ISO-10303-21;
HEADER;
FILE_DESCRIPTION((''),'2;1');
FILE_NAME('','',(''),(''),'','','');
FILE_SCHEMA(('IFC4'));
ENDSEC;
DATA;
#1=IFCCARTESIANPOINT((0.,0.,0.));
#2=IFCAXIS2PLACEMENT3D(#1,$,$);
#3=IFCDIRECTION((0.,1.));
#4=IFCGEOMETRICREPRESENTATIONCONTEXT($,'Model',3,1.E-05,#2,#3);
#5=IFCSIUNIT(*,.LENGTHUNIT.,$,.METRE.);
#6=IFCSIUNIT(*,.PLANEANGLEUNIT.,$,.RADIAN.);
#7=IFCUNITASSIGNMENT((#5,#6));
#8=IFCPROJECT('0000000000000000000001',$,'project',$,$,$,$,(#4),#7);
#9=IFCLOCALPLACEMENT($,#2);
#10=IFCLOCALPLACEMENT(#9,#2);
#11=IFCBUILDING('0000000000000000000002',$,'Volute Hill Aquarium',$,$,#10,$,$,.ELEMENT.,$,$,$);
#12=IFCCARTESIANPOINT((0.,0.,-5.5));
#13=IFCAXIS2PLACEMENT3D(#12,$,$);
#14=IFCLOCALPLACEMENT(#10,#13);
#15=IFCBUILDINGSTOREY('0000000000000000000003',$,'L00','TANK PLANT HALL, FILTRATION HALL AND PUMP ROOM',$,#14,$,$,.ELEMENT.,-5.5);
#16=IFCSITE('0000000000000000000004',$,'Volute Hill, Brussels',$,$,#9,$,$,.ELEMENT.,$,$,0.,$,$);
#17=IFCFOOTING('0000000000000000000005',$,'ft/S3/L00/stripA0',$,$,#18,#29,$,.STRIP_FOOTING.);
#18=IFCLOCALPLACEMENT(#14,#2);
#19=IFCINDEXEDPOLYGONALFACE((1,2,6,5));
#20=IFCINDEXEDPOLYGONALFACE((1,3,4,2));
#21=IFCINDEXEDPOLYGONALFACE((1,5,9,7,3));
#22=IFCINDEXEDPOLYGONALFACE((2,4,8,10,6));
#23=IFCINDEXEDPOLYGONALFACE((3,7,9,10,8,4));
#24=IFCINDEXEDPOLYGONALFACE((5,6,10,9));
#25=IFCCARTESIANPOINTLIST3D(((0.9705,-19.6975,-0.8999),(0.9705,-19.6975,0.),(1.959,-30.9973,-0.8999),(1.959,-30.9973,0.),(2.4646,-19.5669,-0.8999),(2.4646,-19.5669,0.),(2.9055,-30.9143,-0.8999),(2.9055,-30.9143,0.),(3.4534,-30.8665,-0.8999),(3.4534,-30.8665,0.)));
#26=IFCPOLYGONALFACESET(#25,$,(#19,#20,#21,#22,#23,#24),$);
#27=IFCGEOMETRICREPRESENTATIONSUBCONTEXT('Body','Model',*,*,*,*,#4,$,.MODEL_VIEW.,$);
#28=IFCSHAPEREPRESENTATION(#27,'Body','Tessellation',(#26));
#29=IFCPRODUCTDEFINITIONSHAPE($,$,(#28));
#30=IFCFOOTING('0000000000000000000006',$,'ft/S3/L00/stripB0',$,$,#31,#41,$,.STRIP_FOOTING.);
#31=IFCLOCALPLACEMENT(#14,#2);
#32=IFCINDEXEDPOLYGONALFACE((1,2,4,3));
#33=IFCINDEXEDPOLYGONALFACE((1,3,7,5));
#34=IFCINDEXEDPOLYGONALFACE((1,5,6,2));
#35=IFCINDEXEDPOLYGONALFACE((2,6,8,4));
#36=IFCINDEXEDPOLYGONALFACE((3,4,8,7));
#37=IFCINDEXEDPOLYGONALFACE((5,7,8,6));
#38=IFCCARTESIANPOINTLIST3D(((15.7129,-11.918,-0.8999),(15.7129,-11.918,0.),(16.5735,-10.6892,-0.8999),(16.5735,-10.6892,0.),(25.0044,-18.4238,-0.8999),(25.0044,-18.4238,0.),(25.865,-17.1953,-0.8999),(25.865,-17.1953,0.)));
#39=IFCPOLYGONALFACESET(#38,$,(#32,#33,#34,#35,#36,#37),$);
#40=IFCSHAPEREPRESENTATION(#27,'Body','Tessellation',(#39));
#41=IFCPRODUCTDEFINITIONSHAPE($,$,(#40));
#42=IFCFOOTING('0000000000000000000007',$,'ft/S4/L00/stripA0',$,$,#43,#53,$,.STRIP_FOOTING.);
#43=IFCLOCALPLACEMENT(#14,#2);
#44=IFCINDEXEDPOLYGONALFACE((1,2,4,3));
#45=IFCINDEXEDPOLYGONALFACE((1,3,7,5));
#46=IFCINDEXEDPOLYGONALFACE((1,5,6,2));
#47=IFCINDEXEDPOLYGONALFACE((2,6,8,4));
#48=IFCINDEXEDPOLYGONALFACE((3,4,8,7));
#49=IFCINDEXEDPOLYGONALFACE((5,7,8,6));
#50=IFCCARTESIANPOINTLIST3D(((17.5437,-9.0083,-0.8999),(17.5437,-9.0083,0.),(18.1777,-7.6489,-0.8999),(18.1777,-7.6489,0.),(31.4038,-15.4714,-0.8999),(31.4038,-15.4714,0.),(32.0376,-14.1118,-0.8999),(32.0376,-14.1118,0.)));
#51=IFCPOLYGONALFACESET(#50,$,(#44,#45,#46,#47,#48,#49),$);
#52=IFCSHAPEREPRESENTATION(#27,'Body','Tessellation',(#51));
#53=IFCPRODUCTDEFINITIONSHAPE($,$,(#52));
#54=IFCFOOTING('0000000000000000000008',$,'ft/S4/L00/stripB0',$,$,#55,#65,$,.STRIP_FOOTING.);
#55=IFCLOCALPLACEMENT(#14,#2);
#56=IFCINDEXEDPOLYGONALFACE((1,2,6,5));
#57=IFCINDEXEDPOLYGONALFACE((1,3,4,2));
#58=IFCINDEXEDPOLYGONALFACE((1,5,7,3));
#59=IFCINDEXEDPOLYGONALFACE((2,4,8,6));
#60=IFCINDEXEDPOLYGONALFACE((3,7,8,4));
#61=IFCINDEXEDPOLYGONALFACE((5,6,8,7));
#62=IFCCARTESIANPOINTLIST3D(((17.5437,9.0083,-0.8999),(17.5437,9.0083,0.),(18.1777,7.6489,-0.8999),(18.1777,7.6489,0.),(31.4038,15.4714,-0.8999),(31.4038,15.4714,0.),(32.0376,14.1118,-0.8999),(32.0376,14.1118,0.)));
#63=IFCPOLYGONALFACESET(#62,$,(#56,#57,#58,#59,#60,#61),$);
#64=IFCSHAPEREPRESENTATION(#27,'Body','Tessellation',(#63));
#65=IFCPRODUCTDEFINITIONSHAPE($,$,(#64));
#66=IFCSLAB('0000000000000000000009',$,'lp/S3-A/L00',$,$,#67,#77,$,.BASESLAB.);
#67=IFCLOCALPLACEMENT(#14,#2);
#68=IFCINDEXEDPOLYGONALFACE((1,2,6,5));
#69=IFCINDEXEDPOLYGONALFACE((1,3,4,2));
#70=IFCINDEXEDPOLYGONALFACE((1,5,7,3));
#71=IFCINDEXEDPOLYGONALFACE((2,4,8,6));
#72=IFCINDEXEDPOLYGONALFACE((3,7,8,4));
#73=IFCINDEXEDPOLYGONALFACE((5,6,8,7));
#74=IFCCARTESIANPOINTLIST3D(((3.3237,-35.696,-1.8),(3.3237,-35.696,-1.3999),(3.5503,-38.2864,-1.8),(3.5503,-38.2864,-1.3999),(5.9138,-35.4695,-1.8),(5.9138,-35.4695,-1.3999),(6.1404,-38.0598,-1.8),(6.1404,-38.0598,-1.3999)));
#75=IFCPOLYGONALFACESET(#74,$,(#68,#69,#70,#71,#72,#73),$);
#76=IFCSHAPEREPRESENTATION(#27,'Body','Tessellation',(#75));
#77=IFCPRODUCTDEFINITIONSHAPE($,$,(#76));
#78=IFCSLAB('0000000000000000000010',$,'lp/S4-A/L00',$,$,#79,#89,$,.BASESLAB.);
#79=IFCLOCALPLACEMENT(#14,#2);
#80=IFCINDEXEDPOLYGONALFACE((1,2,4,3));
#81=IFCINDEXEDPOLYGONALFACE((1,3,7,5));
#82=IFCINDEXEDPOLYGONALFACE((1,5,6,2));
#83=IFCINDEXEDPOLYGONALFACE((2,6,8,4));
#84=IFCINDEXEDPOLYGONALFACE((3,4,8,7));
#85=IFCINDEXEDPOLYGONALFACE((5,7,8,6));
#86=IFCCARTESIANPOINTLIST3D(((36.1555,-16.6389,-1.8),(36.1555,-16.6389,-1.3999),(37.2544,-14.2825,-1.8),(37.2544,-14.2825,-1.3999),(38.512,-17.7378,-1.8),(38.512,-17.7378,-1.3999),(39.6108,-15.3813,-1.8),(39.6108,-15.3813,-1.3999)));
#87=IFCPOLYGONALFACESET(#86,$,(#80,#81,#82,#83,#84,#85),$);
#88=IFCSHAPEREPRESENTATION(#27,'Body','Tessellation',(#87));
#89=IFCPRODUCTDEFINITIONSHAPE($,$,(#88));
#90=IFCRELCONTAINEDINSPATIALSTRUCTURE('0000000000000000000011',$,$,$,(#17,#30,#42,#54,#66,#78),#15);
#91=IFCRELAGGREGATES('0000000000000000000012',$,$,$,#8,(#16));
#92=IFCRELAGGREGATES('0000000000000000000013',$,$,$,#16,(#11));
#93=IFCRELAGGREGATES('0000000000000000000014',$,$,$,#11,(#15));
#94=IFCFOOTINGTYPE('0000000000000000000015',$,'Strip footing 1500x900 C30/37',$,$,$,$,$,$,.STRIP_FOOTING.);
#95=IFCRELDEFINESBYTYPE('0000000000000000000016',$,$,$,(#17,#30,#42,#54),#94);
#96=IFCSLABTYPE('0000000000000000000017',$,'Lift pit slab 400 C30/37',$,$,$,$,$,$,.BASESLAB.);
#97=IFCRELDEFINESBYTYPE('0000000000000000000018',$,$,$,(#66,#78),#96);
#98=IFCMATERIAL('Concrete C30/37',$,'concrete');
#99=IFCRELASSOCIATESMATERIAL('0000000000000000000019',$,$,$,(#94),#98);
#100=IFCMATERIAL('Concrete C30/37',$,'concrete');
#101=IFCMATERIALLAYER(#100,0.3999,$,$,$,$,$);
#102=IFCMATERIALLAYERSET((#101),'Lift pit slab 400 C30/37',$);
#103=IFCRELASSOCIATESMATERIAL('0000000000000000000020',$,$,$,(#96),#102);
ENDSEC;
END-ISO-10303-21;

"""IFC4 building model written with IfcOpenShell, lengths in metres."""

from ifc_helpers import new_model, si_unit, direction, frame, origin, place, context, subcontext, project, spatial, polyline, outline, extrude, material, layer, layer_set, type_object, element, save


model = new_model("IFC4")

# Units and contexts
model_context = context("Model", 3, precision=1e-05, world=origin(), true_north=direction((0.0, 1.0)))
body_context = subcontext(model_context, "Body", "Model", "MODEL_VIEW")
ifc_project = project(units=[si_unit("LENGTHUNIT", "METRE"), si_unit("PLANEANGLEUNIT", "RADIAN")], contexts=[model_context])

# Site, building, storey
site_placement = place(None, origin())
site = spatial("IfcSite", under=ifc_project, at=site_placement, Name="Volute Hill, Brussels", CompositionType="ELEMENT", RefElevation=0.0)
building_placement = place(site_placement, origin())
building = spatial("IfcBuilding", under=site, at=building_placement, Name="Volute Hill Aquarium", CompositionType="ELEMENT")
storey_placement = place(building_placement, frame((0.0, 0.0, -5.5)))
storey = spatial("IfcBuildingStorey", under=building, at=storey_placement, Name="L00", Description="TANK PLANT HALL, FILTRATION HALL AND PUMP ROOM", CompositionType="ELEMENT", Elevation=-5.5)

# Footings
ifc_material_1 = material(Name="Concrete C30/37", Category="concrete")
footing_type_1 = type_object("IfcFootingType", Name="Strip footing 1500x900 C30/37", PredefinedType="STRIP_FOOTING", material=ifc_material_1)
footing_1_placement = place(storey_placement, frame((0.0, 0.0, -0.8999)))
element("IfcFooting", 1, at=footing_1_placement, inside=storey, type_object=footing_type_1, Name="ft/S3/L00/stripA0", PredefinedType="STRIP_FOOTING", context=body_context, shape_type="SweptSolid", body=[
    extrude(outline(polyline([(3.4534, -30.8665), (2.9055, -30.9143), (2.9055, -30.9143), (1.959, -30.9973), (0.9705, -19.6975), (2.4646, -19.5669), (3.4534, -30.8665)])), origin(), (0.0, 0.0, 1.0), 0.8999),
])
footing_2_placement = place(storey_placement, frame((0.0, 0.0, -0.8999)))
element("IfcFooting", 2, at=footing_2_placement, inside=storey, type_object=footing_type_1, Name="ft/S3/L00/stripB0", PredefinedType="STRIP_FOOTING", context=body_context, shape_type="SweptSolid", body=[
    extrude(outline(polyline([(25.865, -17.1953), (25.0044, -18.4238), (15.7129, -11.918), (16.5735, -10.6892), (25.865, -17.1953)])), origin(), (0.0, 0.0, 1.0), 0.8999),
])
footing_3_placement = place(storey_placement, frame((0.0, 0.0, -0.8999)))
element("IfcFooting", 3, at=footing_3_placement, inside=storey, type_object=footing_type_1, Name="ft/S4/L00/stripA0", PredefinedType="STRIP_FOOTING", context=body_context, shape_type="SweptSolid", body=[
    extrude(outline(polyline([(32.0376, -14.1118), (31.4038, -15.4714), (17.5437, -9.0083), (18.1777, -7.6489), (32.0376, -14.1118)])), origin(), (0.0, 0.0, 1.0), 0.8999),
])
footing_4_placement = place(storey_placement, frame((0.0, 0.0, -0.8999)))
element("IfcFooting", 4, at=footing_4_placement, inside=storey, type_object=footing_type_1, Name="ft/S4/L00/stripB0", PredefinedType="STRIP_FOOTING", context=body_context, shape_type="SweptSolid", body=[
    extrude(outline(polyline([(31.4038, 15.4714), (32.0376, 14.1118), (18.1777, 7.6489), (17.5437, 9.0083), (31.4038, 15.4714)])), origin(), (0.0, 0.0, 1.0), 0.8999),
])

# Slabs
ifc_material_2 = material(Name="Concrete C30/37", Category="concrete")
ifc_layer = layer(ifc_material_2, 0.3999)
ifc_layer_set = layer_set([ifc_layer], Name="Lift pit slab 400 C30/37")
slab_type = type_object("IfcSlabType", Name="Lift pit slab 400 C30/37", PredefinedType="BASESLAB", material=ifc_layer_set)
slab_1_placement = place(storey_placement, frame((0.0, 0.0, -1.8)))
element("IfcSlab", 5, at=slab_1_placement, inside=storey, type_object=slab_type, Name="lp/S3-A/L00", PredefinedType="BASESLAB", context=body_context, shape_type="SweptSolid", body=[
    extrude(outline(polyline([(3.3237, -35.696), (3.5503, -38.2864), (6.1404, -38.0598), (5.9138, -35.4695), (3.3237, -35.696)])), origin(), (0.0, 0.0, 1.0), 0.4001),
])
slab_2_placement = place(storey_placement, frame((0.0, 0.0, -1.8)))
element("IfcSlab", 6, at=slab_2_placement, inside=storey, type_object=slab_type, Name="lp/S4-A/L00", PredefinedType="BASESLAB", context=body_context, shape_type="SweptSolid", body=[
    extrude(outline(polyline([(36.1555, -16.6389), (38.512, -17.7378), (39.6108, -15.3813), (37.2544, -14.2825), (36.1555, -16.6389)])), origin(), (0.0, 0.0, 1.0), 0.4001),
])

save(model, "model.ifc")
